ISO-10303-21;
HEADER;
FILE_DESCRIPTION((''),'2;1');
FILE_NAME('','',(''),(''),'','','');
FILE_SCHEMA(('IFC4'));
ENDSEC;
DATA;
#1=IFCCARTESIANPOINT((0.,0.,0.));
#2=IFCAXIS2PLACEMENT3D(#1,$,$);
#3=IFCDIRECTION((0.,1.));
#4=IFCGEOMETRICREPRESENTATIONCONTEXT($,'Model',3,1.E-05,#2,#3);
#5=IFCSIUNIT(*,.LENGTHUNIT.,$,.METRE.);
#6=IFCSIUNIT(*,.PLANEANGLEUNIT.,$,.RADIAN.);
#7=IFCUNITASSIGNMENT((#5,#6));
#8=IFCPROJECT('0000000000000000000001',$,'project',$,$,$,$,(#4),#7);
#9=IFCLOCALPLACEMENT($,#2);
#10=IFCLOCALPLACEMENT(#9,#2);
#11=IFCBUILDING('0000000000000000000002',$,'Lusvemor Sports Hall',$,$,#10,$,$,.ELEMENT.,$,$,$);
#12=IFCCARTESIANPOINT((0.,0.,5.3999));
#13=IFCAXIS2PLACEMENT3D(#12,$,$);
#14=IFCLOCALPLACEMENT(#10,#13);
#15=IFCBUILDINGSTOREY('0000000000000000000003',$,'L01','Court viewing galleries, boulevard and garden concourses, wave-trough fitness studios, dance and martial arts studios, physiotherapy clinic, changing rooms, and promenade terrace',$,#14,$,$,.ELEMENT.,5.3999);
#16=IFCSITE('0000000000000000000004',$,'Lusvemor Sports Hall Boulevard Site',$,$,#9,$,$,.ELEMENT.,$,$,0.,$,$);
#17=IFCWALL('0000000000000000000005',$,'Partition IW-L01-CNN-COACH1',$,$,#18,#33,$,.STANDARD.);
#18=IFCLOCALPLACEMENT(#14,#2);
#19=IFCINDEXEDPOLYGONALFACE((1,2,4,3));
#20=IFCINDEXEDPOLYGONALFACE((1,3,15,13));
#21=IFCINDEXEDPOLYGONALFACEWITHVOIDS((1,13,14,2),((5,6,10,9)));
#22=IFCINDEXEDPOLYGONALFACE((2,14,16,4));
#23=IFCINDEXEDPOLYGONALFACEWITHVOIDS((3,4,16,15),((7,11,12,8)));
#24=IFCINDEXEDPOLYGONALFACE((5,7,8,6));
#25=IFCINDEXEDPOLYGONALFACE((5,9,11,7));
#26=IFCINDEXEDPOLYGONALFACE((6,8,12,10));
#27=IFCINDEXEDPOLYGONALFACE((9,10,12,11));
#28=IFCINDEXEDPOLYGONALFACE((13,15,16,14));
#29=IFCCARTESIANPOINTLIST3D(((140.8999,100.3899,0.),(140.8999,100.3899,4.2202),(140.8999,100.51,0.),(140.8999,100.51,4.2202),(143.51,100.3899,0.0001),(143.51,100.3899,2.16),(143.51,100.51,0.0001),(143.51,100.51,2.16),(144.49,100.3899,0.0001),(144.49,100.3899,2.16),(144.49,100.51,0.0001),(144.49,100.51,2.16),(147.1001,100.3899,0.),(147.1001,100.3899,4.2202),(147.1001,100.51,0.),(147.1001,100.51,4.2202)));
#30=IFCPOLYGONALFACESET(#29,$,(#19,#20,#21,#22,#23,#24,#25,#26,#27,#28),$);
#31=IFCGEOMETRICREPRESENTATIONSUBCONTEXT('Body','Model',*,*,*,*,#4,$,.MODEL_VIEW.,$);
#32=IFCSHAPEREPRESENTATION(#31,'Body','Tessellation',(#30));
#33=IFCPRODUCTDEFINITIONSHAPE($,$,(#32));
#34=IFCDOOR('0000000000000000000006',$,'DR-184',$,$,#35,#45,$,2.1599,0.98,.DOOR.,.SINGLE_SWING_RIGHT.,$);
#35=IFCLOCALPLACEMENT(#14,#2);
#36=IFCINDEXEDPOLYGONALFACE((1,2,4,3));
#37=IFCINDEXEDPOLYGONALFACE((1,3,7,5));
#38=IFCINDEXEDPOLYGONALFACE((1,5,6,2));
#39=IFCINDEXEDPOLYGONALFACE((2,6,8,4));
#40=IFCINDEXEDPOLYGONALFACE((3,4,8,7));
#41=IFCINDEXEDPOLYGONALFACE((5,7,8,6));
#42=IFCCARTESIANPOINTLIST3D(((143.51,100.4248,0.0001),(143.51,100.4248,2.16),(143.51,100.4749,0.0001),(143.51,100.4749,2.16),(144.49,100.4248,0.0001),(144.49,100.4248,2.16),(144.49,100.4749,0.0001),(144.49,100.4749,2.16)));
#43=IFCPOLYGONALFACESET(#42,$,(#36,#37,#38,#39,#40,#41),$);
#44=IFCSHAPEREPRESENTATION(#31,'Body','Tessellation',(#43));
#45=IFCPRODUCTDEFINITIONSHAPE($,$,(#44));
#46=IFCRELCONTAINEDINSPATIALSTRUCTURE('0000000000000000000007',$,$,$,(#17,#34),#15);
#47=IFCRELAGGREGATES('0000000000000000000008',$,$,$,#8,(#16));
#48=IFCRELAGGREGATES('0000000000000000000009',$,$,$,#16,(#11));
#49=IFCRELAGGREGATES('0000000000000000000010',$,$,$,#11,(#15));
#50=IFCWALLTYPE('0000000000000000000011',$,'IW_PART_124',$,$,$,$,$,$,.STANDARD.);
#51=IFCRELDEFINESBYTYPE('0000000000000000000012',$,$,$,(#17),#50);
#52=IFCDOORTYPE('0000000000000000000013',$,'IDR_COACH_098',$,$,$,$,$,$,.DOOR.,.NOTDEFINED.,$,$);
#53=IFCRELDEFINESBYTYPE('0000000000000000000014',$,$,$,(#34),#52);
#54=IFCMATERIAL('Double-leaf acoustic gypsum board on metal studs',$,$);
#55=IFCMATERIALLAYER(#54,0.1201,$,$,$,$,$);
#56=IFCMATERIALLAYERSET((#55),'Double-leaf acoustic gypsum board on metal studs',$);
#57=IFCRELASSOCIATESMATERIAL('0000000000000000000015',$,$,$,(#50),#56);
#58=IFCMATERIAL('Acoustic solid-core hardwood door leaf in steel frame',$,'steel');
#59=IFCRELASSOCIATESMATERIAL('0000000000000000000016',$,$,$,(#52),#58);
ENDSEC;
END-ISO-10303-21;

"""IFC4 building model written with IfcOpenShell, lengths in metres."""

from ifc_helpers import new_model, si_unit, direction, frame, frame_2d, origin, place, context, subcontext, project, spatial, rectangle, extrude, material, layer, layer_set, type_object, element, fill, save


model = new_model("IFC4")

# Units and contexts
model_context = context("Model", 3, precision=1e-05, world=origin(), true_north=direction((0.0, 1.0)))
body_context = subcontext(model_context, "Body", "Model", "MODEL_VIEW")
ifc_project = project(units=[si_unit("LENGTHUNIT", "METRE"), si_unit("PLANEANGLEUNIT", "RADIAN")], contexts=[model_context])

# Site, building, storey
site_placement = place(None, origin())
site = spatial("IfcSite", under=ifc_project, at=site_placement, Name="Lusvemor Sports Hall Boulevard Site", CompositionType="ELEMENT", RefElevation=0.0)
building_placement = place(site_placement, origin())
building = spatial("IfcBuilding", under=site, at=building_placement, Name="Lusvemor Sports Hall", CompositionType="ELEMENT")
storey_placement = place(building_placement, frame((0.0, 0.0, 5.3999)))
storey = spatial("IfcBuildingStorey", under=building, at=storey_placement, Name="L01", Description="Court viewing galleries, boulevard and garden concourses, wave-trough fitness studios, dance and martial arts studios, physiotherapy clinic, changing rooms, and promenade terrace", CompositionType="ELEMENT", Elevation=5.3999)

# Wall, opening, door
ifc_material_1 = material(Name="Double-leaf acoustic gypsum board on metal studs")
ifc_layer_1 = layer(ifc_material_1, 0.1201)
ifc_layer_set_1 = layer_set([ifc_layer_1], Name="Double-leaf acoustic gypsum board on metal studs")
wall_type = type_object("IfcWallType", Name="IW_PART_124", PredefinedType="STANDARD", material=ifc_layer_set_1)
wall_placement = place(storey_placement, frame((140.8999, 100.45, 0.0), z_axis=(0.0, 0.0, 1.0), x_axis=(1.0, 0.0, 0.0)))
wall = element("IfcWall", 1, at=wall_placement, inside=storey, type_object=wall_type, Name="Partition IW-L01-CNN-COACH1", PredefinedType="STANDARD", context=body_context, shape_type="SweptSolid", body=[
    extrude(rectangle(XDim=6.2002, YDim=0.1201, at=frame_2d((3.1001, 0.0))), origin(), (0.0, 0.0, 1.0), 4.2202),
])
opening_placement = place(wall_placement, frame((2.6101, 0.0, 0.0)))
opening = element("IfcOpeningElement", 2, at=opening_placement, cuts=wall, PredefinedType="OPENING", context=body_context, shape_type="SweptSolid", body=[
    extrude(rectangle(XDim=0.98, YDim=2.1599, at=frame_2d((0.49, 1.0801))), frame((0.0, 0.0601, 0.0), z_axis=(0.0, -1.0, 0.0), x_axis=(1.0, 0.0, 0.0)), (0.0, 0.0, 1.0), 0.1201),
])
ifc_material_2 = material(Name="Acoustic solid-core hardwood door leaf in steel frame", Category="steel")
door_type = type_object("IfcDoorType", Name="IDR_COACH_098", OperationType="NOTDEFINED", PredefinedType="DOOR", material=ifc_material_2)
door_placement = place(opening_placement, origin())
door = element("IfcDoor", 3, at=door_placement, inside=storey, type_object=door_type, Name="DR-184", OperationType="SINGLE_SWING_RIGHT", OverallHeight=2.1599, OverallWidth=0.98, PredefinedType="DOOR", context=body_context, shape_type="SweptSolid", body=[
    extrude(rectangle(XDim=0.98, YDim=2.1599, at=frame_2d((0.49, 1.0801))), frame((0.0, 0.0249, 0.0), z_axis=(0.0, -1.0, 0.0), x_axis=(1.0, 0.0, 0.0)), (0.0, 0.0, 1.0), 0.05),
])
fill(opening, door)

save(model, "model.ifc")
